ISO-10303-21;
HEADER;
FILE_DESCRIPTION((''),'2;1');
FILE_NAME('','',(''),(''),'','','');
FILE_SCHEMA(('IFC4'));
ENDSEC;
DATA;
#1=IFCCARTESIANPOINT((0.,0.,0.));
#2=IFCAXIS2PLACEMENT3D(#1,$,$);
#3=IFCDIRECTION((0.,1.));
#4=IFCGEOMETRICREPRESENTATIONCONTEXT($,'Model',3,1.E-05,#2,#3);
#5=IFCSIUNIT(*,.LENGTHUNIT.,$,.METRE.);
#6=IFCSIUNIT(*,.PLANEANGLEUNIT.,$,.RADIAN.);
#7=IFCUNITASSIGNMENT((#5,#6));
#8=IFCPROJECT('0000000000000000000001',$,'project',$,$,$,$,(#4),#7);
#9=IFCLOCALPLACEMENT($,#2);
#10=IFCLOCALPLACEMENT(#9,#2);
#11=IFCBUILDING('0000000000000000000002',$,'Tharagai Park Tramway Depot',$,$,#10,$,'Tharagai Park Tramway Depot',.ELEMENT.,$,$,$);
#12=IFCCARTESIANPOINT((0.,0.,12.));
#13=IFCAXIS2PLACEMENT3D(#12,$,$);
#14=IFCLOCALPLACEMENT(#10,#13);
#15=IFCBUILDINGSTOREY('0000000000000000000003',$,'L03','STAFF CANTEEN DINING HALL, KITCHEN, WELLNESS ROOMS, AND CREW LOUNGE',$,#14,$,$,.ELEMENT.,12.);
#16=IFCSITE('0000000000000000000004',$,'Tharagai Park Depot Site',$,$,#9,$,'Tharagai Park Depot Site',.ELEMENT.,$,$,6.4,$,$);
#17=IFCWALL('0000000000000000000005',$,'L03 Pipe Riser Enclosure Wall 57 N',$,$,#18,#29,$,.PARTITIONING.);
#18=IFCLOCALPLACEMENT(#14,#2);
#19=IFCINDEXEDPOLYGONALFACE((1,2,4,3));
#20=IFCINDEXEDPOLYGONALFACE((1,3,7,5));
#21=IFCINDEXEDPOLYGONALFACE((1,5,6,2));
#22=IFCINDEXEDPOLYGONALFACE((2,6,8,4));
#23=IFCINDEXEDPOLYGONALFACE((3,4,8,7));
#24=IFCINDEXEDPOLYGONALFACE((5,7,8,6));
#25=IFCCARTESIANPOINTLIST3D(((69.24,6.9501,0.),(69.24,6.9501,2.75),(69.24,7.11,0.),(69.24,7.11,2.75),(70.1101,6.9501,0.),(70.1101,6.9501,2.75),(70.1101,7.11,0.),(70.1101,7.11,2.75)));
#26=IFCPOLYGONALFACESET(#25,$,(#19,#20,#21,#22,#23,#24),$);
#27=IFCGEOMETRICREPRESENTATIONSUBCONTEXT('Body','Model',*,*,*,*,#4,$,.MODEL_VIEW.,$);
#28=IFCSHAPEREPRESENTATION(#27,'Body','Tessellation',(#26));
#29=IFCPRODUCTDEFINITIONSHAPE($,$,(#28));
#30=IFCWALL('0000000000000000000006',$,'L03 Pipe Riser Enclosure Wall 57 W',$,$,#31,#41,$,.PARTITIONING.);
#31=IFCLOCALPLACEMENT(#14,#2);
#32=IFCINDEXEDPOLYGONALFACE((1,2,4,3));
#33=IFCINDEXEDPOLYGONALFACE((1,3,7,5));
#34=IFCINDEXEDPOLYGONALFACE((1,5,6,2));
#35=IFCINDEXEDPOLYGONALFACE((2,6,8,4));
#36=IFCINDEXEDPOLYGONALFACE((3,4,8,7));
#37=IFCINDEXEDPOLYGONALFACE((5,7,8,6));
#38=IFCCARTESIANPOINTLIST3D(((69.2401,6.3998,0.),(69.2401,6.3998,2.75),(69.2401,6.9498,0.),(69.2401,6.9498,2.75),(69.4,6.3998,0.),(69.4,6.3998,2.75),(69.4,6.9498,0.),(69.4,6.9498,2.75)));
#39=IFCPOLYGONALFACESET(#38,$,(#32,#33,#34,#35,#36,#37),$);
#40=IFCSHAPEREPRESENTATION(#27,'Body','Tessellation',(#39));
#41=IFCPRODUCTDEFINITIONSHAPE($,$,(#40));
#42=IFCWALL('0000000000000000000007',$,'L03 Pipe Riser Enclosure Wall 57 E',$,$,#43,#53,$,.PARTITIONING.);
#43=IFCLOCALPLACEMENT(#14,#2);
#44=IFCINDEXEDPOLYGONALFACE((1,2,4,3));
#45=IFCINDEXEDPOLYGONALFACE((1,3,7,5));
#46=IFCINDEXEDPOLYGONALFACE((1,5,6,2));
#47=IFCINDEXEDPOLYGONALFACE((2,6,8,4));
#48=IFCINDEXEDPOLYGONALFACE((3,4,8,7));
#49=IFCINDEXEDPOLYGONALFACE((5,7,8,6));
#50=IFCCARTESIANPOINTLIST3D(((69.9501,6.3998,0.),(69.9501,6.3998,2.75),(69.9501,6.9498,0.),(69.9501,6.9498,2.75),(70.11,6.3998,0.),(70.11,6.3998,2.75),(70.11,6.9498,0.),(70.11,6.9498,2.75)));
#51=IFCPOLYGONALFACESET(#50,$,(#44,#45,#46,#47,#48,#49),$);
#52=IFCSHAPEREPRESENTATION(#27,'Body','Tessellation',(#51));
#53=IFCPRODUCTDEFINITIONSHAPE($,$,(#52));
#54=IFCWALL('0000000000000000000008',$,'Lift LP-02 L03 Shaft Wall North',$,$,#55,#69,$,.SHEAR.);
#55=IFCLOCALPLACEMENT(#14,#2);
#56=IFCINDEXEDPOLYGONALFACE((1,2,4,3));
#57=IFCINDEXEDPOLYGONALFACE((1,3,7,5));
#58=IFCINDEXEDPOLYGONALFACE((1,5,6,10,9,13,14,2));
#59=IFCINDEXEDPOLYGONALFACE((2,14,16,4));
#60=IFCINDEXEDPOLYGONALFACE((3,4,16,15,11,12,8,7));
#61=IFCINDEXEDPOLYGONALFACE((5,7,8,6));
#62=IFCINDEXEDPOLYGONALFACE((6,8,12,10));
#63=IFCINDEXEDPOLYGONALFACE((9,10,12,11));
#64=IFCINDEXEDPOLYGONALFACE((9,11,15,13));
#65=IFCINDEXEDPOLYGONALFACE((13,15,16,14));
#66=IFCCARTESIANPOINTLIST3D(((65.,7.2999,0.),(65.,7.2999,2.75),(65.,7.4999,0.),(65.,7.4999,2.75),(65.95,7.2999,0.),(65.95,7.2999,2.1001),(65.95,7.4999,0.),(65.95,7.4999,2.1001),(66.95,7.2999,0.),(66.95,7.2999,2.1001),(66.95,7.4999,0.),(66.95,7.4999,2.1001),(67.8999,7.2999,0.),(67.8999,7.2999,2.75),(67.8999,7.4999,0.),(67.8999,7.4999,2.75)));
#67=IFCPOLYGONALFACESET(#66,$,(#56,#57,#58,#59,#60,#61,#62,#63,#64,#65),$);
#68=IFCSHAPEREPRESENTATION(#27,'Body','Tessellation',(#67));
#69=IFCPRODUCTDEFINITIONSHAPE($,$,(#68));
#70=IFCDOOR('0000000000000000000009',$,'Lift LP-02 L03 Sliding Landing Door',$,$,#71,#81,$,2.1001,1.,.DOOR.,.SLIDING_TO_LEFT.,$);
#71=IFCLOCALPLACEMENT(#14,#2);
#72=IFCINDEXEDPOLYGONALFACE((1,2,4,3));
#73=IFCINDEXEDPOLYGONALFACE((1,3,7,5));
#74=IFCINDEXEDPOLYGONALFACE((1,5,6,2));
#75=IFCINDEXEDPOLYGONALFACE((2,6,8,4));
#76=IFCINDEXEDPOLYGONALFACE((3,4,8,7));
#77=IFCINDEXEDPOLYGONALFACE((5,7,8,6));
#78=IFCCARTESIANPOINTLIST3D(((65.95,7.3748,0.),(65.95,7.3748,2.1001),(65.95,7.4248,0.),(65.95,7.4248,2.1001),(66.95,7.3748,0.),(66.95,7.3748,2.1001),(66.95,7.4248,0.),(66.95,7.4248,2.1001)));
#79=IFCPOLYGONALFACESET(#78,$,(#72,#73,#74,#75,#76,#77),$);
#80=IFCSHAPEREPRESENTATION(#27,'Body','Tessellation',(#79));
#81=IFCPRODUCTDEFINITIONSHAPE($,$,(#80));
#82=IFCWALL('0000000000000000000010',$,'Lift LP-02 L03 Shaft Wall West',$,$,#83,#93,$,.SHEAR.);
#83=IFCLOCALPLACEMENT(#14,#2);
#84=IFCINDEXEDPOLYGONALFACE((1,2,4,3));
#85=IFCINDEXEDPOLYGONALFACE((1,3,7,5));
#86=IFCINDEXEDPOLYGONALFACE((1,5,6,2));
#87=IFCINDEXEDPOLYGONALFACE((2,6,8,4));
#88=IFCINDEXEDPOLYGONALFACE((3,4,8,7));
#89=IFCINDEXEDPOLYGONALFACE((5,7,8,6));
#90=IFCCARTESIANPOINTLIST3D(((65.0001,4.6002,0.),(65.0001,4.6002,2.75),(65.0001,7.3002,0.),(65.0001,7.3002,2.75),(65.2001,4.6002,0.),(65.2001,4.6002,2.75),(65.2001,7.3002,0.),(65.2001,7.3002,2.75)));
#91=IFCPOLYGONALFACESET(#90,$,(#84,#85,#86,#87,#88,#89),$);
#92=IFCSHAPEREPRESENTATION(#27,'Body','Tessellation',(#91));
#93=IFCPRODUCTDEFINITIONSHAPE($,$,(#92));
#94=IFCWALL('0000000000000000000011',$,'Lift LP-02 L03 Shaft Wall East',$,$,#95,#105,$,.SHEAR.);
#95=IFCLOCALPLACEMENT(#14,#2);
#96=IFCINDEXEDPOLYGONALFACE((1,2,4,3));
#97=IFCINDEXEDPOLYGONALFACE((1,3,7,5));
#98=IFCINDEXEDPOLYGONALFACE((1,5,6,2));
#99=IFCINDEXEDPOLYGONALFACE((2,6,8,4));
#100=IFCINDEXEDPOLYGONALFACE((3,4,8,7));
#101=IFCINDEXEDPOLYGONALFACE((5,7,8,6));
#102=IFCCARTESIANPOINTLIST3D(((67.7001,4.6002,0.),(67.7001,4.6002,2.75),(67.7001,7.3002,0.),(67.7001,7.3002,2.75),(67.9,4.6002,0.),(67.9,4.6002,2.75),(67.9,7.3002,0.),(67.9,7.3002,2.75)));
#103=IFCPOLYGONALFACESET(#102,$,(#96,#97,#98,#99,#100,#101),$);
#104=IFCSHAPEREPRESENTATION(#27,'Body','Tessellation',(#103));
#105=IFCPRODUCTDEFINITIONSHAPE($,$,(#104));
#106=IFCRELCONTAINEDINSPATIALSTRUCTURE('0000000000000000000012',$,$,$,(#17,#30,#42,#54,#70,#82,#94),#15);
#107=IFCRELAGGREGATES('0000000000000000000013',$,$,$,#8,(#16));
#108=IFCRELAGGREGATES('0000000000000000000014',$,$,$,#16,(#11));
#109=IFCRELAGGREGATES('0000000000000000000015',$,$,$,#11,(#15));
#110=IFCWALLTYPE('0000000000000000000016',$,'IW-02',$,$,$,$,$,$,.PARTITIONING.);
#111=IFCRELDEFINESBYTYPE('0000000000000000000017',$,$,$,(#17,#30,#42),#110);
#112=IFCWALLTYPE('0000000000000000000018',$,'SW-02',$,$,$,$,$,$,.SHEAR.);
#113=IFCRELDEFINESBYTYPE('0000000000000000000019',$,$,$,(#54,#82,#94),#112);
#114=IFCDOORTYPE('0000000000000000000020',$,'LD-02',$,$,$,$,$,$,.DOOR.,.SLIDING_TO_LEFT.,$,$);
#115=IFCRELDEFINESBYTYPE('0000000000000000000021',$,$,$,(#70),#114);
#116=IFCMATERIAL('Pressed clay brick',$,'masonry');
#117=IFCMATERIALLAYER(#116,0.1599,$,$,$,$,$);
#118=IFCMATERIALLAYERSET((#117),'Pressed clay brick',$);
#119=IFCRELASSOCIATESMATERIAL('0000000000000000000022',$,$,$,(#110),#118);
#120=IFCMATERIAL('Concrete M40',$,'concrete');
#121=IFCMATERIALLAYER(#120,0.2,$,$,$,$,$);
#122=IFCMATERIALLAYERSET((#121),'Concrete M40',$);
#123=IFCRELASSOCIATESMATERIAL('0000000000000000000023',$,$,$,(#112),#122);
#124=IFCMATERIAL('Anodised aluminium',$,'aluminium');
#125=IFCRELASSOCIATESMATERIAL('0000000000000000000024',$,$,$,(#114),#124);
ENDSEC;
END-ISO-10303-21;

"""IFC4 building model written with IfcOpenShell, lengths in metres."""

from ifc_helpers import new_model, si_unit, direction, frame, frame_2d, origin, place, context, subcontext, project, spatial, rectangle, extrude, material, layer, layer_set, type_object, element, fill, save


model = new_model("IFC4")

# Units and contexts
model_context = context("Model", 3, precision=1e-05, world=origin(), true_north=direction((0.0, 1.0)))
body_context = subcontext(model_context, "Body", "Model", "MODEL_VIEW")
ifc_project = project(units=[si_unit("LENGTHUNIT", "METRE"), si_unit("PLANEANGLEUNIT", "RADIAN")], contexts=[model_context])

# Site, building, storey
site_placement = place(None, origin())
site = spatial("IfcSite", under=ifc_project, at=site_placement, Name="Tharagai Park Depot Site", LongName="Tharagai Park Depot Site", CompositionType="ELEMENT", RefElevation=6.4)
building_placement = place(site_placement, origin())
building = spatial("IfcBuilding", under=site, at=building_placement, Name="Tharagai Park Tramway Depot", LongName="Tharagai Park Tramway Depot", CompositionType="ELEMENT")
storey_placement = place(building_placement, frame((0.0, 0.0, 12.0)))
storey = spatial("IfcBuildingStorey", under=building, at=storey_placement, Name="L03", Description="STAFF CANTEEN DINING HALL, KITCHEN, WELLNESS ROOMS, AND CREW LOUNGE", CompositionType="ELEMENT", Elevation=12.0)

# Shared definitions
ifc_material_1 = material(Name="Concrete M40", Category="concrete")

# Walls
ifc_material_2 = material(Name="Pressed clay brick", Category="masonry")
ifc_layer_1 = layer(ifc_material_2, 0.1599)
ifc_layer_set_1 = layer_set([ifc_layer_1], Name="Pressed clay brick")
wall_type_1 = type_object("IfcWallType", Name="IW-02", PredefinedType="PARTITIONING", material=ifc_layer_set_1)
for number, where, z_axis, x_axis, name in (
    (1, (69.24, 7.03, 0.0), (0.0, 0.0, 1.0), (1.0, 0.0, 0.0), "L03 Pipe Riser Enclosure Wall 57 N"),
):
    element("IfcWall", number, at=place(storey_placement, frame(where, z_axis=z_axis, x_axis=x_axis)), inside=storey, type_object=wall_type_1, Name=name, PredefinedType="PARTITIONING", context=body_context, shape_type="SweptSolid", body=[
        extrude(rectangle(XDim=0.8701, YDim=0.1599, at=frame_2d((0.4351, 0.0))), origin(), (0.0, 0.0, 1.0), 2.75),
    ])
for number, where, z_axis, x_axis, name in (
    (2, (69.3201, 6.3999, 0.0), (0.0, 0.0, 1.0), (0.0, 1.0, 0.0), "L03 Pipe Riser Enclosure Wall 57 W"),
    (3, (70.03, 6.3999, 0.0), (0.0, 0.0, 1.0), (0.0, 1.0, 0.0), "L03 Pipe Riser Enclosure Wall 57 E"),
):
    element("IfcWall", number, at=place(storey_placement, frame(where, z_axis=z_axis, x_axis=x_axis)), inside=storey, type_object=wall_type_1, Name=name, PredefinedType="PARTITIONING", context=body_context, shape_type="SweptSolid", body=[
        extrude(rectangle(XDim=0.55, YDim=0.1599, at=frame_2d((0.2749, 0.0))), origin(), (0.0, 0.0, 1.0), 2.75),
    ])

# Wall, opening, door
ifc_layer_2 = layer(ifc_material_1, 0.2)
ifc_layer_set_2 = layer_set([ifc_layer_2], Name="Concrete M40")
wall_type_2 = type_object("IfcWallType", Name="SW-02", PredefinedType="SHEAR", material=ifc_layer_set_2)
wall_placement = place(storey_placement, frame((65.0, 7.3999, 0.0), z_axis=(0.0, 0.0, 1.0), x_axis=(1.0, 0.0, 0.0)))
wall = element("IfcWall", 4, at=wall_placement, inside=storey, type_object=wall_type_2, Name="Lift LP-02 L03 Shaft Wall North", PredefinedType="SHEAR", context=body_context, shape_type="SweptSolid", body=[
    extrude(rectangle(XDim=2.8999, YDim=0.2, at=frame_2d((1.45, 0.0))), origin(), (0.0, 0.0, 1.0), 2.75),
])
opening_placement = place(wall_placement, frame((0.95, 0.0, 0.0)))
opening = element("IfcOpeningElement", 5, at=opening_placement, cuts=wall, PredefinedType="OPENING", context=body_context, shape_type="SweptSolid", body=[
    extrude(rectangle(XDim=1.0, YDim=2.1001, at=frame_2d((0.5, 1.05))), frame((0.0, 0.1099, 0.0), z_axis=(0.0, -1.0, 0.0), x_axis=(1.0, 0.0, 0.0)), (0.0, 0.0, 1.0), 0.22),
])
ifc_material_3 = material(Name="Anodised aluminium", Category="aluminium")
door_type = type_object("IfcDoorType", Name="LD-02", OperationType="SLIDING_TO_LEFT", PredefinedType="DOOR", material=ifc_material_3)
door_placement = place(opening_placement, origin())
door = element("IfcDoor", 6, at=door_placement, inside=storey, type_object=door_type, Name="Lift LP-02 L03 Sliding Landing Door", OperationType="SLIDING_TO_LEFT", OverallHeight=2.1001, OverallWidth=1.0, PredefinedType="DOOR", context=body_context, shape_type="SweptSolid", body=[
    extrude(rectangle(XDim=1.0, YDim=2.1001, at=frame_2d((0.5, 1.05))), frame((0.0, 0.0249, 0.0), z_axis=(0.0, -1.0, 0.0), x_axis=(1.0, 0.0, 0.0)), (0.0, 0.0, 1.0), 0.05),
])
fill(opening, door)

# Walls
for number, where, z_axis, x_axis, name in (
    (7, (65.1001, 4.6001, 0.0), (0.0, 0.0, 1.0), (0.0, 1.0, 0.0), "Lift LP-02 L03 Shaft Wall West"),
    (8, (67.8, 4.6001, 0.0), (0.0, 0.0, 1.0), (0.0, 1.0, 0.0), "Lift LP-02 L03 Shaft Wall East"),
):
    element("IfcWall", number, at=place(storey_placement, frame(where, z_axis=z_axis, x_axis=x_axis)), inside=storey, type_object=wall_type_2, Name=name, PredefinedType="SHEAR", context=body_context, shape_type="SweptSolid", body=[
        extrude(rectangle(XDim=2.7, YDim=0.2, at=frame_2d((1.3501, 0.0))), origin(), (0.0, 0.0, 1.0), 2.75),
    ])

save(model, "model.ifc")
